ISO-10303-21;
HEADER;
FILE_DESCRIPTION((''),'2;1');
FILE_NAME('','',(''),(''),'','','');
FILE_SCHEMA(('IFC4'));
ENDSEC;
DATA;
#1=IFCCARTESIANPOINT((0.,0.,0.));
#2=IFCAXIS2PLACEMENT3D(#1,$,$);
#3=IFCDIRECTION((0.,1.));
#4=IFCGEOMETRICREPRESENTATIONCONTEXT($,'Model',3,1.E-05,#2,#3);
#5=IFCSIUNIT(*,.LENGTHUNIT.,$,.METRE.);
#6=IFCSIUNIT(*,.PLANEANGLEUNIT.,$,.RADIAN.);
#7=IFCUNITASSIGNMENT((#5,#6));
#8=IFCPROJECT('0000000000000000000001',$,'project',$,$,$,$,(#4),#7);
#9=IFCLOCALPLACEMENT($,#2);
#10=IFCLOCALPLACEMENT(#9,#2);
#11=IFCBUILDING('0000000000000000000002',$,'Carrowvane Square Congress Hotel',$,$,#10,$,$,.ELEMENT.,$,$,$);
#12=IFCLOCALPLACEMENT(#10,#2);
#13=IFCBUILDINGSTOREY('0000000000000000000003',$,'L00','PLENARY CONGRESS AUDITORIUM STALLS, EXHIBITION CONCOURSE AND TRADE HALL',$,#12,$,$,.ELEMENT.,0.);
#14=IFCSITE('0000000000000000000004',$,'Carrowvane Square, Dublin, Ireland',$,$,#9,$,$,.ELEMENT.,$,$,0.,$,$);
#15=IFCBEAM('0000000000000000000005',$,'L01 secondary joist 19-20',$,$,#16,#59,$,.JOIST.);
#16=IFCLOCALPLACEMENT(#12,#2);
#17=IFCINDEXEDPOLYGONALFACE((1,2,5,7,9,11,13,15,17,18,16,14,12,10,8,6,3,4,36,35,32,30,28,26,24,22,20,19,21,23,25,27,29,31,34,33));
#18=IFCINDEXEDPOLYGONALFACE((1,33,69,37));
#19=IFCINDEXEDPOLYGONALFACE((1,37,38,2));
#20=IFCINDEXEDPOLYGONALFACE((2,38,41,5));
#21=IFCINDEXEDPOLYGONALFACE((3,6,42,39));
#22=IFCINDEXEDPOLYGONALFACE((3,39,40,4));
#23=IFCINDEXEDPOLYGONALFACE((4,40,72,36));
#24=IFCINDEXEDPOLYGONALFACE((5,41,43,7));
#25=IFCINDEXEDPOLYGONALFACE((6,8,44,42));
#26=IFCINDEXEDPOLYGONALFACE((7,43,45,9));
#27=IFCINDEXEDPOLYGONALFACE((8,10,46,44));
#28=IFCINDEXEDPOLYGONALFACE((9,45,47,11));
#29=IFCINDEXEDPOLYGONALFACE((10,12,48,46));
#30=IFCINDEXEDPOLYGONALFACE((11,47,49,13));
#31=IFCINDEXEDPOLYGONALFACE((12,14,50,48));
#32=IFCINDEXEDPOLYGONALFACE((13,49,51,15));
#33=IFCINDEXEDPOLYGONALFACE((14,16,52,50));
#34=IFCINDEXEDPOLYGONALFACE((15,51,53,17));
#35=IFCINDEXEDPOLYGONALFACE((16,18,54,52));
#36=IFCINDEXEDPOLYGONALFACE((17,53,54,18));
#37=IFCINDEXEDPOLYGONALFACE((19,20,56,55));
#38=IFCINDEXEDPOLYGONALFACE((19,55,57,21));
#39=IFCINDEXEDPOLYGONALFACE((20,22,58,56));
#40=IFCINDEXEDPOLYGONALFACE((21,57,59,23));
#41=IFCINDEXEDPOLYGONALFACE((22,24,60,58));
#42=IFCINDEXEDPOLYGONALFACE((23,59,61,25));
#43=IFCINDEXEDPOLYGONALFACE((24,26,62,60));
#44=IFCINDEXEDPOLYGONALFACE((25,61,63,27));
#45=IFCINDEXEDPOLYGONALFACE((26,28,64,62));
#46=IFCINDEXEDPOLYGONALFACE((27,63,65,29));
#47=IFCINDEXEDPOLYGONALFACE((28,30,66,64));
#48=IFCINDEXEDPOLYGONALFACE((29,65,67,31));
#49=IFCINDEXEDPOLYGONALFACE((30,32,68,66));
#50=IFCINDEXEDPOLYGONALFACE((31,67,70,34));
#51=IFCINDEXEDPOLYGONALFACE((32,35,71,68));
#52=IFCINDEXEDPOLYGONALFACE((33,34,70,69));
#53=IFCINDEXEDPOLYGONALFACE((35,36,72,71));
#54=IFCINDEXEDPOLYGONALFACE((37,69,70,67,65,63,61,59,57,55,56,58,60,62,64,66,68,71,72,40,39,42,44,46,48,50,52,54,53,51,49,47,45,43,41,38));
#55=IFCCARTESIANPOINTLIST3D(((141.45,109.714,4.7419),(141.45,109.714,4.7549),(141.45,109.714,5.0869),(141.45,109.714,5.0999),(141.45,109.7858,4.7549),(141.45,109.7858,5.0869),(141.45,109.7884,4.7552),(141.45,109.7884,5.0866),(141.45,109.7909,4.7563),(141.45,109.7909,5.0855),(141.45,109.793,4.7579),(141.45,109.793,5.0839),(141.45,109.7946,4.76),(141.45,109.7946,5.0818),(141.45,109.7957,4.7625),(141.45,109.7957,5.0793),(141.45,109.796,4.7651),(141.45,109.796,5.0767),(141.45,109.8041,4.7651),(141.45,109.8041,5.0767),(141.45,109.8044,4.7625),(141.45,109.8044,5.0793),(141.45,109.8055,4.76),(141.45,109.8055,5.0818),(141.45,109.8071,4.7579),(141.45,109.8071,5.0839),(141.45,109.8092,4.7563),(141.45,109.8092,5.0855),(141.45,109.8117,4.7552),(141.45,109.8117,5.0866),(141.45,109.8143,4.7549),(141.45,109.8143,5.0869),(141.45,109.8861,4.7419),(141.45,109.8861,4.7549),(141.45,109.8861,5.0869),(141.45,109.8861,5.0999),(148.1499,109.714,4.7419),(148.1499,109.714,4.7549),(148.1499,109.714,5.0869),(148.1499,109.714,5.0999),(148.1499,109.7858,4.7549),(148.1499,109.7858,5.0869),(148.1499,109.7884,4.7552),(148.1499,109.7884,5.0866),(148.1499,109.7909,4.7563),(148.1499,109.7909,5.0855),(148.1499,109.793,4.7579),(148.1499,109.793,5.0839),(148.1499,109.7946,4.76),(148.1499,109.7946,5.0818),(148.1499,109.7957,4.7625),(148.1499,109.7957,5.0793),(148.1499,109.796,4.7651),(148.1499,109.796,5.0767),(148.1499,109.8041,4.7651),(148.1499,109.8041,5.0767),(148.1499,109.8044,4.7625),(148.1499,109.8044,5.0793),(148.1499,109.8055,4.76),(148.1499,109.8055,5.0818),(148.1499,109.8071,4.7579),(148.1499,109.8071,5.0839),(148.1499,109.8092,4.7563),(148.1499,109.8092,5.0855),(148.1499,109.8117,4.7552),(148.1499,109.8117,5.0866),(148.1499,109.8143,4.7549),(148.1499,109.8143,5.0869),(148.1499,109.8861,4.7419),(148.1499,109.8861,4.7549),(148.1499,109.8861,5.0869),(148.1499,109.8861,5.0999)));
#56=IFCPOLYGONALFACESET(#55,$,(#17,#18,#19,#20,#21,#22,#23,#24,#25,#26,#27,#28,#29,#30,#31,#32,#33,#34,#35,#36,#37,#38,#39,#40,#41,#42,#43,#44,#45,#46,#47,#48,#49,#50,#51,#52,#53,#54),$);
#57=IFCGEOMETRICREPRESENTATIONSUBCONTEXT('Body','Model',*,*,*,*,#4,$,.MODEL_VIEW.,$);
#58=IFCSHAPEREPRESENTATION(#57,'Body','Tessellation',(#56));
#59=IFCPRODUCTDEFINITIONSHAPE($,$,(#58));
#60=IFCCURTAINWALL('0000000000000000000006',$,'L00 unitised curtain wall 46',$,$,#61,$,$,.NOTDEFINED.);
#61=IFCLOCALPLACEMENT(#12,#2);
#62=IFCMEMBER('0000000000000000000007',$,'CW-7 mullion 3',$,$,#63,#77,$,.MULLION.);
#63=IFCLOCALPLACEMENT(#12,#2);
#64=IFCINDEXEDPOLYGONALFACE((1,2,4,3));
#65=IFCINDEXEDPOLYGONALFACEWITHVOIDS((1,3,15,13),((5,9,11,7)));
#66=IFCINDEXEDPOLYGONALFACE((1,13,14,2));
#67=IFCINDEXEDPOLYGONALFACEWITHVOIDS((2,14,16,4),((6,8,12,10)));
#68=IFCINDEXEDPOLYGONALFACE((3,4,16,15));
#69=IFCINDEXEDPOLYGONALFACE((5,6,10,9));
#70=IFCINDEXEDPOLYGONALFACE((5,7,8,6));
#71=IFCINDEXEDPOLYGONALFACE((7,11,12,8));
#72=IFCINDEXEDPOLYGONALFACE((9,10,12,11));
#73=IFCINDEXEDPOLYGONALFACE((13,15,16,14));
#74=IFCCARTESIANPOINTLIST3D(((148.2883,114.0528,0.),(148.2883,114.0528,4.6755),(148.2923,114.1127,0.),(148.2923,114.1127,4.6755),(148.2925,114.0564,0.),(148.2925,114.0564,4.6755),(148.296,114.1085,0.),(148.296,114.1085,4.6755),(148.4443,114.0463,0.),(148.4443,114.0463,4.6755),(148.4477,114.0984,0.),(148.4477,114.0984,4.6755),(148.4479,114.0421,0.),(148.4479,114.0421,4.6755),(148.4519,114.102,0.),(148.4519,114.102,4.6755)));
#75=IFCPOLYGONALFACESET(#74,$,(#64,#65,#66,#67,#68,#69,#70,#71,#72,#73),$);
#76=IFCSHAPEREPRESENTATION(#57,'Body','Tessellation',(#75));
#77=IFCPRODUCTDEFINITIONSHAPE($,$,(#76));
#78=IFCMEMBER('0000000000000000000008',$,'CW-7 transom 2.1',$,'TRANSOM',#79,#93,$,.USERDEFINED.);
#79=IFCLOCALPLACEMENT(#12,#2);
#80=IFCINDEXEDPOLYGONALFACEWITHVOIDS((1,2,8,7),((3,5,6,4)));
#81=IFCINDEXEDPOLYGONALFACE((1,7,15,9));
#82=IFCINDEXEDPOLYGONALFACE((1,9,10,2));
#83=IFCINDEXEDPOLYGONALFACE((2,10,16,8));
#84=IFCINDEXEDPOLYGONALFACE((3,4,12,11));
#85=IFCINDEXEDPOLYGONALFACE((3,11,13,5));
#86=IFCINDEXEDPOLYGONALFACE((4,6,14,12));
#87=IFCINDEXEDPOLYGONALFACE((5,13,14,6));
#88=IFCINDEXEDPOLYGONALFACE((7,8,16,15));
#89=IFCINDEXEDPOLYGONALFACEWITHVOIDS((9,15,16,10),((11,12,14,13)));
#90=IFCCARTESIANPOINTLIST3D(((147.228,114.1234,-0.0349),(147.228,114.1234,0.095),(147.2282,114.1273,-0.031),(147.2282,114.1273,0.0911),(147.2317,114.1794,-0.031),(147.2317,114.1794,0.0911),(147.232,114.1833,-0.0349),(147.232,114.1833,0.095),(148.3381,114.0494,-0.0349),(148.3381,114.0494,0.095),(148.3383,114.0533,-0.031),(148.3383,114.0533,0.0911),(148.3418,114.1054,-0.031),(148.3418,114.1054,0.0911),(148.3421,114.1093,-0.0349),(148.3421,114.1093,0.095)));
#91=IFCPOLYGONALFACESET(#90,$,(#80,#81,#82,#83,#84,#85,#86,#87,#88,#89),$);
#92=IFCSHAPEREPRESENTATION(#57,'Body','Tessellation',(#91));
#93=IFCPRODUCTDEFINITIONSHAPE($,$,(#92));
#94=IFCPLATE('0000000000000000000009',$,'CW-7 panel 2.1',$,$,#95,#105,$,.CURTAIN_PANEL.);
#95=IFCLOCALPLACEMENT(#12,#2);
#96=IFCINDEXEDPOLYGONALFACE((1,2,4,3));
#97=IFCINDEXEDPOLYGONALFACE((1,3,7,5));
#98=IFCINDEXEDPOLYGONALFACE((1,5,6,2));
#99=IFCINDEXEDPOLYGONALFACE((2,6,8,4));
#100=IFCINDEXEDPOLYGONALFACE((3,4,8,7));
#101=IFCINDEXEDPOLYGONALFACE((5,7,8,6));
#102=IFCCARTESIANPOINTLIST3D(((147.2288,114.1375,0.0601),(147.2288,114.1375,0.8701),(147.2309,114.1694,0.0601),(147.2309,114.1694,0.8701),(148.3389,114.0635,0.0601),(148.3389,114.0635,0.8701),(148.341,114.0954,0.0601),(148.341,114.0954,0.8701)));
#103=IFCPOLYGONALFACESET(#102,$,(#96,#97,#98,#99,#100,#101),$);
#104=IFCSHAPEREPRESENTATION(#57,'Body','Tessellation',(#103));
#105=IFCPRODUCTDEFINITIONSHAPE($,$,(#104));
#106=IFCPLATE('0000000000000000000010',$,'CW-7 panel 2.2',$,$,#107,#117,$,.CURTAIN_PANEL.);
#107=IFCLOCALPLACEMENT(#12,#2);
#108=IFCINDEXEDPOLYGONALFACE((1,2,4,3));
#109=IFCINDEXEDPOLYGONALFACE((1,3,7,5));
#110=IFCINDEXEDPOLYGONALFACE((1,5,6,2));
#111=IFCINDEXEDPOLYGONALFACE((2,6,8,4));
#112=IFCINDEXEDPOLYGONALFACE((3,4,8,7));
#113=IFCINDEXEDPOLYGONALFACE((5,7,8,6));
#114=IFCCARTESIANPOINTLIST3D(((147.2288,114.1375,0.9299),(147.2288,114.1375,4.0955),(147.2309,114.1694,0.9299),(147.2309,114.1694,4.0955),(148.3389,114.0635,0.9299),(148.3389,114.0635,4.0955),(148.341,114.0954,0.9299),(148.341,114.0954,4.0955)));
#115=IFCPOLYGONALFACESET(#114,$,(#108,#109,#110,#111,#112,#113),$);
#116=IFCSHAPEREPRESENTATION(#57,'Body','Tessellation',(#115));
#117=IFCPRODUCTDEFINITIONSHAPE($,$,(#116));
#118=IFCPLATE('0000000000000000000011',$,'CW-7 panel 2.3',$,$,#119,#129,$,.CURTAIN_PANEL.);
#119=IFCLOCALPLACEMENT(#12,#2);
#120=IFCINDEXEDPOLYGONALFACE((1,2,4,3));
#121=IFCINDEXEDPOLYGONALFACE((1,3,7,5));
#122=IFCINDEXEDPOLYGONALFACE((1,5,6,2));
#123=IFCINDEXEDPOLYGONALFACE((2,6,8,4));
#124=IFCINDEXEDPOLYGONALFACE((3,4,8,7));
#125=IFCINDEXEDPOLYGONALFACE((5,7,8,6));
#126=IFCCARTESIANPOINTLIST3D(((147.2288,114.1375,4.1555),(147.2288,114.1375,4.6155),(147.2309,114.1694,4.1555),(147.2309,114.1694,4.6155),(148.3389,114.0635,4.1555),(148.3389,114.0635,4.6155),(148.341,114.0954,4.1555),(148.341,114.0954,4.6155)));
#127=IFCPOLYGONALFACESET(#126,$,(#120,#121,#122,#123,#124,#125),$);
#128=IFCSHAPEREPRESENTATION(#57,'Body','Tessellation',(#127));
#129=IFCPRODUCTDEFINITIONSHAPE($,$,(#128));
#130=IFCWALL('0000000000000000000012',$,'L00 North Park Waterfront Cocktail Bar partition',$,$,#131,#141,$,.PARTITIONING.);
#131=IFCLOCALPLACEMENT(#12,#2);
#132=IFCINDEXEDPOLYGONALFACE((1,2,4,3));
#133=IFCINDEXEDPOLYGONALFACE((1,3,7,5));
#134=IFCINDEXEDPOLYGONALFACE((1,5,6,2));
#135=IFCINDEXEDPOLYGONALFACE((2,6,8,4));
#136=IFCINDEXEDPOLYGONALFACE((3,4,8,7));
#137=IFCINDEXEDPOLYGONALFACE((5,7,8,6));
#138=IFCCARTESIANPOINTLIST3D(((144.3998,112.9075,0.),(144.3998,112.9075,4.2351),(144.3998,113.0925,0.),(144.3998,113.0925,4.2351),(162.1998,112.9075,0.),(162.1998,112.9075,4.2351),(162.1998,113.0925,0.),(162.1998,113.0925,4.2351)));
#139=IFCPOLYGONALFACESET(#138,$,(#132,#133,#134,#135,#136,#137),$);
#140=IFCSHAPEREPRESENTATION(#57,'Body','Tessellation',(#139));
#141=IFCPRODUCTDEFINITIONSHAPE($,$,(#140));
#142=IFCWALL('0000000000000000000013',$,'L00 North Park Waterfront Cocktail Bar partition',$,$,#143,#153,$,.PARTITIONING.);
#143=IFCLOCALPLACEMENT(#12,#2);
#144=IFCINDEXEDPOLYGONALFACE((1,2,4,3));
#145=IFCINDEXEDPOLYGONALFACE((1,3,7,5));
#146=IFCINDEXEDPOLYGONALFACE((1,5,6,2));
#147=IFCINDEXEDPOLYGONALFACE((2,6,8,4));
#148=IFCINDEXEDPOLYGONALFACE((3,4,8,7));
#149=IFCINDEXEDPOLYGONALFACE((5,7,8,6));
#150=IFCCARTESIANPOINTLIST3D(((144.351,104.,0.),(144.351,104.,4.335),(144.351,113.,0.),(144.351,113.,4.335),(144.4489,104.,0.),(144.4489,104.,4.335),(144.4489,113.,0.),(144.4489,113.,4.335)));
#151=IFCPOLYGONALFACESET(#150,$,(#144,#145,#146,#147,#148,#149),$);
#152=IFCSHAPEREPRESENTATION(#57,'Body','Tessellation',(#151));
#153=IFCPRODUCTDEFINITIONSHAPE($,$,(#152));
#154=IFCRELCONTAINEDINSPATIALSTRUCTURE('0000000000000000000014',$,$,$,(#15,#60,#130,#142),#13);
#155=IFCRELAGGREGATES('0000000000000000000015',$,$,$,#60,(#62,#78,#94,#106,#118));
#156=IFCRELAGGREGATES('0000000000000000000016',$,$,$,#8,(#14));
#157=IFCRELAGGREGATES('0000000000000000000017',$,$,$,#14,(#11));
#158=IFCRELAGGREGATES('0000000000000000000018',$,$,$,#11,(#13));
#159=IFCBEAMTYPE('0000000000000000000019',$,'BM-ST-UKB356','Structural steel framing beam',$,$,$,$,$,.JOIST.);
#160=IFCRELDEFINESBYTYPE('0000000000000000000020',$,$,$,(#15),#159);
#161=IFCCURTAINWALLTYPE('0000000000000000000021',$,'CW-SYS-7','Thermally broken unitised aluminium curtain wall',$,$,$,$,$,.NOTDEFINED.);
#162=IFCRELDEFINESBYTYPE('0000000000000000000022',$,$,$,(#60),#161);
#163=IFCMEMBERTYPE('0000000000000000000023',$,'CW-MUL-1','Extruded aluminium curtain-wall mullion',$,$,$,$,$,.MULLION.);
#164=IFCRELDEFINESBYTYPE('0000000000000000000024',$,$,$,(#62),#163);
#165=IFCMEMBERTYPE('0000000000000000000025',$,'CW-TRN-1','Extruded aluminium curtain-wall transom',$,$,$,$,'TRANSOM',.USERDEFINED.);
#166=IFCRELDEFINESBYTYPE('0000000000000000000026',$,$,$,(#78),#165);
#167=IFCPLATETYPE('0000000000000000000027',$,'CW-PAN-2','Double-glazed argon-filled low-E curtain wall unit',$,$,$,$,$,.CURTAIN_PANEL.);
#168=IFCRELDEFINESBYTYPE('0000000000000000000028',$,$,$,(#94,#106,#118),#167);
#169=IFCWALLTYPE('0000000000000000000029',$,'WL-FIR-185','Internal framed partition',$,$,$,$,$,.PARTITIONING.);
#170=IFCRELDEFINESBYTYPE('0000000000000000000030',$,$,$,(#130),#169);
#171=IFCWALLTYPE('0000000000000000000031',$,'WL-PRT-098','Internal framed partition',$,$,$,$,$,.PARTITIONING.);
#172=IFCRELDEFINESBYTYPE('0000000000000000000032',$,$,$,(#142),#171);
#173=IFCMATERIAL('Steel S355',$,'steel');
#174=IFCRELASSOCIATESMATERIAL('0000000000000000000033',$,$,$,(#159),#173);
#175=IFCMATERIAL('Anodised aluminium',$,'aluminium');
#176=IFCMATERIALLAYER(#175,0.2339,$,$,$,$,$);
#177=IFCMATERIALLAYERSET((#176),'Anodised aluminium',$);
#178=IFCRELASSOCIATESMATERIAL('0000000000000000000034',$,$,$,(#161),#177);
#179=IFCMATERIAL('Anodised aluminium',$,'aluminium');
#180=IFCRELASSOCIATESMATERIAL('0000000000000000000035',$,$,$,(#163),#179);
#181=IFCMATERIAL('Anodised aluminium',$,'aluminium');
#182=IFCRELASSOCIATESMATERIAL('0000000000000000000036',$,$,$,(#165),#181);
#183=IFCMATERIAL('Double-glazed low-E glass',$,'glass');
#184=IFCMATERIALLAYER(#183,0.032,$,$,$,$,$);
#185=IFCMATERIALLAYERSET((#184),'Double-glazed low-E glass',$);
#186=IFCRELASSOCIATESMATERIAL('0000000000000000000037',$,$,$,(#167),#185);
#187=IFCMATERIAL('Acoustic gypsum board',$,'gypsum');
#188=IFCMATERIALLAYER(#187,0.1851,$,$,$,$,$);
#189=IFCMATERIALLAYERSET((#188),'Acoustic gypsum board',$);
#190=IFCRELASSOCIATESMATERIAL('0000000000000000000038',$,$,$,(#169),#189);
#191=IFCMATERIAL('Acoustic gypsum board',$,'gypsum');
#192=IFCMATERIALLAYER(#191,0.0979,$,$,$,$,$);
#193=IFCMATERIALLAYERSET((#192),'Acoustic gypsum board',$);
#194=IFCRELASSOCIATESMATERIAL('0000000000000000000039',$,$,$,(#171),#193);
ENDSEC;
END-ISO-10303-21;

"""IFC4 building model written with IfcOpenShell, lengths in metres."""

from ifc_helpers import new_model, si_unit, direction, frame, frame_2d, origin, origin_2d, place, context, subcontext, project, spatial, rectangle, hollow_rectangle, i_section, extrude, material, layer, layer_set, material_profile, profile_set, type_object, element, aggregate, save


model = new_model("IFC4")

# Units and contexts
model_context = context("Model", 3, precision=1e-05, world=origin(), true_north=direction((0.0, 1.0)))
body_context = subcontext(model_context, "Body", "Model", "MODEL_VIEW")
ifc_project = project(units=[si_unit("LENGTHUNIT", "METRE"), si_unit("PLANEANGLEUNIT", "RADIAN")], contexts=[model_context])

# Site, building, storey
site_placement = place(None, origin())
site = spatial("IfcSite", under=ifc_project, at=site_placement, Name="Carrowvane Square, Dublin, Ireland", CompositionType="ELEMENT", RefElevation=0.0)
building_placement = place(site_placement, origin())
building = spatial("IfcBuilding", under=site, at=building_placement, Name="Carrowvane Square Congress Hotel", CompositionType="ELEMENT")
storey_placement = place(building_placement, origin())
storey = spatial("IfcBuildingStorey", under=building, at=storey_placement, Name="L00", Description="PLENARY CONGRESS AUDITORIUM STALLS, EXHIBITION CONCOURSE AND TRADE HALL", CompositionType="ELEMENT", Elevation=0.0)

# Beam
ifc_material_1 = material(Name="Steel S355", Category="steel")
ifc_material_profile_1 = material_profile(ifc_material_1, i_section(OverallWidth=0.1721, OverallDepth=0.3579, WebThickness=0.0081, FlangeThickness=0.0129, FilletRadius=0.0103, at=origin_2d()), Name="UKB 356x171x57")
ifc_profile_set_1 = profile_set([ifc_material_profile_1], Name="Steel S355")
beam_type_1 = type_object("IfcBeamType", Name="BM-ST-UKB356", Description="Structural steel framing beam", PredefinedType="JOIST", material=ifc_profile_set_1)
for number, where, z_axis, x_axis, name in (
    (1, (141.45, 109.8, 4.9209), (1.0, 0.0, 0.0), (0.0, 1.0, 0.0), "L01 secondary joist 19-20"),
):
    element("IfcBeam", number, at=place(storey_placement, frame(where, z_axis=z_axis, x_axis=x_axis)), inside=storey, type_object=beam_type_1, Name=name, PredefinedType="JOIST", context=body_context, shape_type="SweptSolid", body=[
        extrude(i_section(OverallWidth=0.1721, OverallDepth=0.3579, WebThickness=0.0081, FlangeThickness=0.0129, FilletRadius=0.0103, at=origin_2d()), origin(), (0.0, 0.0, 1.0), 6.7),
    ])

# Curtain wall, members, plates
ifc_material_2 = material(Name="Anodised aluminium", Category="aluminium")
ifc_layer_1 = layer(ifc_material_2, 0.2339)
ifc_layer_set_1 = layer_set([ifc_layer_1], Name="Anodised aluminium")
curtain_wall_type = type_object("IfcCurtainWallType", Name="CW-SYS-7", Description="Thermally broken unitised aluminium curtain wall", PredefinedType="NOTDEFINED", material=ifc_layer_set_1)
curtain_wall_placement = place(storey_placement, origin())
curtain_wall = element("IfcCurtainWall", 2, at=curtain_wall_placement, inside=storey, type_object=curtain_wall_type, Name="L00 unitised curtain wall 46", PredefinedType="NOTDEFINED")
ifc_material_3 = material(Name="Anodised aluminium", Category="aluminium")
ifc_material_profile_2 = material_profile(ifc_material_3, hollow_rectangle(XDim=0.0601, YDim=0.1599, WallThickness=0.0039, at=origin_2d()), Name="CW-ML 60x160x4")
ifc_profile_set_2 = profile_set([ifc_material_profile_2], Name="Anodised aluminium")
member_type_1 = type_object("IfcMemberType", Name="CW-MUL-1", Description="Extruded aluminium curtain-wall mullion", PredefinedType="MULLION", material=ifc_profile_set_2)
member_1_placement = place(storey_placement, frame((148.3701, 114.0774, 0.0), z_axis=(0.0, 0.0, 1.0), x_axis=(0.066574, 0.997781, 0.0)))
member_1 = element("IfcMember", 3, at=member_1_placement, type_object=member_type_1, Name="CW-7 mullion 3", PredefinedType="MULLION", context=body_context, shape_type="SweptSolid", body=[
    extrude(hollow_rectangle(XDim=0.0601, YDim=0.1599, WallThickness=0.0039, at=origin_2d()), origin(), (0.0, 0.0, 1.0), 4.6755),
])
ifc_material_4 = material(Name="Anodised aluminium", Category="aluminium")
ifc_material_profile_3 = material_profile(ifc_material_4, hollow_rectangle(XDim=0.0601, YDim=0.1299, WallThickness=0.0039, at=origin_2d()), Name="CW-TR 60x130x4")
ifc_profile_set_3 = profile_set([ifc_material_profile_3], Name="Anodised aluminium")
member_type_2 = type_object("IfcMemberType", Name="CW-TRN-1", Description="Extruded aluminium curtain-wall transom", ElementType="TRANSOM", PredefinedType="USERDEFINED", material=ifc_profile_set_3)
member_2_placement = place(storey_placement, frame((147.23, 114.1533, 0.03), z_axis=(0.997787, -0.06649, 0.0), x_axis=(0.06649, 0.997787, 0.0)))
member_2 = element("IfcMember", 4, at=member_2_placement, type_object=member_type_2, Name="CW-7 transom 2.1", ObjectType="TRANSOM", PredefinedType="USERDEFINED", context=body_context, shape_type="SweptSolid", body=[
    extrude(hollow_rectangle(XDim=0.0601, YDim=0.1299, WallThickness=0.0039, at=origin_2d()), origin(), (0.0, 0.0, 1.0), 1.1125),
])
ifc_material_5 = material(Name="Double-glazed low-E glass", Category="glass")
ifc_layer_2 = layer(ifc_material_5, 0.032)
ifc_layer_set_2 = layer_set([ifc_layer_2], Name="Double-glazed low-E glass")
plate_type = type_object("IfcPlateType", Name="CW-PAN-2", Description="Double-glazed argon-filled low-E curtain wall unit", PredefinedType="CURTAIN_PANEL", material=ifc_layer_set_2)
plate_1_placement = place(storey_placement, frame((147.7849, 114.1165, 0.0601), z_axis=(0.0, 0.0, 1.0), x_axis=(0.997781, -0.066574, 0.0)))
plate_1 = element("IfcPlate", 5, at=plate_1_placement, type_object=plate_type, Name="CW-7 panel 2.1", PredefinedType="CURTAIN_PANEL", context=body_context, shape_type="SweptSolid", body=[
    extrude(rectangle(XDim=1.1125, YDim=0.032, at=origin_2d()), origin(), (0.0, 0.0, 1.0), 0.8101),
])
plate_2_placement = place(storey_placement, frame((147.7849, 114.1165, 0.9299), z_axis=(0.0, 0.0, 1.0), x_axis=(0.997781, -0.066574, 0.0)))
plate_2 = element("IfcPlate", 6, at=plate_2_placement, type_object=plate_type, Name="CW-7 panel 2.2", PredefinedType="CURTAIN_PANEL", context=body_context, shape_type="SweptSolid", body=[
    extrude(rectangle(XDim=1.1125, YDim=0.032, at=origin_2d()), origin(), (0.0, 0.0, 1.0), 3.1655),
])
plate_3_placement = place(storey_placement, frame((147.7849, 114.1165, 4.1555), z_axis=(0.0, 0.0, 1.0), x_axis=(0.997781, -0.066574, 0.0)))
plate_3 = element("IfcPlate", 7, at=plate_3_placement, type_object=plate_type, Name="CW-7 panel 2.3", PredefinedType="CURTAIN_PANEL", context=body_context, shape_type="SweptSolid", body=[
    extrude(rectangle(XDim=1.1125, YDim=0.032, at=origin_2d()), origin(), (0.0, 0.0, 1.0), 0.46),
])
aggregate(curtain_wall, [member_1, member_2, plate_1, plate_2, plate_3])

# Walls
ifc_material_6 = material(Name="Acoustic gypsum board", Category="gypsum")
ifc_layer_3 = layer(ifc_material_6, 0.1851)
ifc_layer_set_3 = layer_set([ifc_layer_3], Name="Acoustic gypsum board")
wall_type_1 = type_object("IfcWallType", Name="WL-FIR-185", Description="Internal framed partition", PredefinedType="PARTITIONING", material=ifc_layer_set_3)
wall_1_placement = place(storey_placement, frame((144.3999, 113.0, 0.0), z_axis=(0.0, 0.0, 1.0), x_axis=(1.0, 0.0, 0.0)))
element("IfcWall", 8, at=wall_1_placement, inside=storey, type_object=wall_type_1, Name="L00 North Park Waterfront Cocktail Bar partition", PredefinedType="PARTITIONING", context=body_context, shape_type="SweptSolid", body=[
    extrude(rectangle(XDim=17.8, YDim=0.1851, at=frame_2d((8.8999, 0.0))), origin(), (0.0, 0.0, 1.0), 4.2351),
])
ifc_material_7 = material(Name="Acoustic gypsum board", Category="gypsum")
ifc_layer_4 = layer(ifc_material_7, 0.0979)
ifc_layer_set_4 = layer_set([ifc_layer_4], Name="Acoustic gypsum board")
wall_type_2 = type_object("IfcWallType", Name="WL-PRT-098", Description="Internal framed partition", PredefinedType="PARTITIONING", material=ifc_layer_set_4)
wall_2_placement = place(storey_placement, frame((144.3999, 104.0, 0.0), z_axis=(0.0, 0.0, 1.0), x_axis=(0.0, 1.0, 0.0)))
element("IfcWall", 9, at=wall_2_placement, inside=storey, type_object=wall_type_2, Name="L00 North Park Waterfront Cocktail Bar partition", PredefinedType="PARTITIONING", context=body_context, shape_type="SweptSolid", body=[
    extrude(rectangle(XDim=9.0, YDim=0.0979, at=frame_2d((4.5, 0.0))), origin(), (0.0, 0.0, 1.0), 4.335),
])

save(model, "model.ifc")
